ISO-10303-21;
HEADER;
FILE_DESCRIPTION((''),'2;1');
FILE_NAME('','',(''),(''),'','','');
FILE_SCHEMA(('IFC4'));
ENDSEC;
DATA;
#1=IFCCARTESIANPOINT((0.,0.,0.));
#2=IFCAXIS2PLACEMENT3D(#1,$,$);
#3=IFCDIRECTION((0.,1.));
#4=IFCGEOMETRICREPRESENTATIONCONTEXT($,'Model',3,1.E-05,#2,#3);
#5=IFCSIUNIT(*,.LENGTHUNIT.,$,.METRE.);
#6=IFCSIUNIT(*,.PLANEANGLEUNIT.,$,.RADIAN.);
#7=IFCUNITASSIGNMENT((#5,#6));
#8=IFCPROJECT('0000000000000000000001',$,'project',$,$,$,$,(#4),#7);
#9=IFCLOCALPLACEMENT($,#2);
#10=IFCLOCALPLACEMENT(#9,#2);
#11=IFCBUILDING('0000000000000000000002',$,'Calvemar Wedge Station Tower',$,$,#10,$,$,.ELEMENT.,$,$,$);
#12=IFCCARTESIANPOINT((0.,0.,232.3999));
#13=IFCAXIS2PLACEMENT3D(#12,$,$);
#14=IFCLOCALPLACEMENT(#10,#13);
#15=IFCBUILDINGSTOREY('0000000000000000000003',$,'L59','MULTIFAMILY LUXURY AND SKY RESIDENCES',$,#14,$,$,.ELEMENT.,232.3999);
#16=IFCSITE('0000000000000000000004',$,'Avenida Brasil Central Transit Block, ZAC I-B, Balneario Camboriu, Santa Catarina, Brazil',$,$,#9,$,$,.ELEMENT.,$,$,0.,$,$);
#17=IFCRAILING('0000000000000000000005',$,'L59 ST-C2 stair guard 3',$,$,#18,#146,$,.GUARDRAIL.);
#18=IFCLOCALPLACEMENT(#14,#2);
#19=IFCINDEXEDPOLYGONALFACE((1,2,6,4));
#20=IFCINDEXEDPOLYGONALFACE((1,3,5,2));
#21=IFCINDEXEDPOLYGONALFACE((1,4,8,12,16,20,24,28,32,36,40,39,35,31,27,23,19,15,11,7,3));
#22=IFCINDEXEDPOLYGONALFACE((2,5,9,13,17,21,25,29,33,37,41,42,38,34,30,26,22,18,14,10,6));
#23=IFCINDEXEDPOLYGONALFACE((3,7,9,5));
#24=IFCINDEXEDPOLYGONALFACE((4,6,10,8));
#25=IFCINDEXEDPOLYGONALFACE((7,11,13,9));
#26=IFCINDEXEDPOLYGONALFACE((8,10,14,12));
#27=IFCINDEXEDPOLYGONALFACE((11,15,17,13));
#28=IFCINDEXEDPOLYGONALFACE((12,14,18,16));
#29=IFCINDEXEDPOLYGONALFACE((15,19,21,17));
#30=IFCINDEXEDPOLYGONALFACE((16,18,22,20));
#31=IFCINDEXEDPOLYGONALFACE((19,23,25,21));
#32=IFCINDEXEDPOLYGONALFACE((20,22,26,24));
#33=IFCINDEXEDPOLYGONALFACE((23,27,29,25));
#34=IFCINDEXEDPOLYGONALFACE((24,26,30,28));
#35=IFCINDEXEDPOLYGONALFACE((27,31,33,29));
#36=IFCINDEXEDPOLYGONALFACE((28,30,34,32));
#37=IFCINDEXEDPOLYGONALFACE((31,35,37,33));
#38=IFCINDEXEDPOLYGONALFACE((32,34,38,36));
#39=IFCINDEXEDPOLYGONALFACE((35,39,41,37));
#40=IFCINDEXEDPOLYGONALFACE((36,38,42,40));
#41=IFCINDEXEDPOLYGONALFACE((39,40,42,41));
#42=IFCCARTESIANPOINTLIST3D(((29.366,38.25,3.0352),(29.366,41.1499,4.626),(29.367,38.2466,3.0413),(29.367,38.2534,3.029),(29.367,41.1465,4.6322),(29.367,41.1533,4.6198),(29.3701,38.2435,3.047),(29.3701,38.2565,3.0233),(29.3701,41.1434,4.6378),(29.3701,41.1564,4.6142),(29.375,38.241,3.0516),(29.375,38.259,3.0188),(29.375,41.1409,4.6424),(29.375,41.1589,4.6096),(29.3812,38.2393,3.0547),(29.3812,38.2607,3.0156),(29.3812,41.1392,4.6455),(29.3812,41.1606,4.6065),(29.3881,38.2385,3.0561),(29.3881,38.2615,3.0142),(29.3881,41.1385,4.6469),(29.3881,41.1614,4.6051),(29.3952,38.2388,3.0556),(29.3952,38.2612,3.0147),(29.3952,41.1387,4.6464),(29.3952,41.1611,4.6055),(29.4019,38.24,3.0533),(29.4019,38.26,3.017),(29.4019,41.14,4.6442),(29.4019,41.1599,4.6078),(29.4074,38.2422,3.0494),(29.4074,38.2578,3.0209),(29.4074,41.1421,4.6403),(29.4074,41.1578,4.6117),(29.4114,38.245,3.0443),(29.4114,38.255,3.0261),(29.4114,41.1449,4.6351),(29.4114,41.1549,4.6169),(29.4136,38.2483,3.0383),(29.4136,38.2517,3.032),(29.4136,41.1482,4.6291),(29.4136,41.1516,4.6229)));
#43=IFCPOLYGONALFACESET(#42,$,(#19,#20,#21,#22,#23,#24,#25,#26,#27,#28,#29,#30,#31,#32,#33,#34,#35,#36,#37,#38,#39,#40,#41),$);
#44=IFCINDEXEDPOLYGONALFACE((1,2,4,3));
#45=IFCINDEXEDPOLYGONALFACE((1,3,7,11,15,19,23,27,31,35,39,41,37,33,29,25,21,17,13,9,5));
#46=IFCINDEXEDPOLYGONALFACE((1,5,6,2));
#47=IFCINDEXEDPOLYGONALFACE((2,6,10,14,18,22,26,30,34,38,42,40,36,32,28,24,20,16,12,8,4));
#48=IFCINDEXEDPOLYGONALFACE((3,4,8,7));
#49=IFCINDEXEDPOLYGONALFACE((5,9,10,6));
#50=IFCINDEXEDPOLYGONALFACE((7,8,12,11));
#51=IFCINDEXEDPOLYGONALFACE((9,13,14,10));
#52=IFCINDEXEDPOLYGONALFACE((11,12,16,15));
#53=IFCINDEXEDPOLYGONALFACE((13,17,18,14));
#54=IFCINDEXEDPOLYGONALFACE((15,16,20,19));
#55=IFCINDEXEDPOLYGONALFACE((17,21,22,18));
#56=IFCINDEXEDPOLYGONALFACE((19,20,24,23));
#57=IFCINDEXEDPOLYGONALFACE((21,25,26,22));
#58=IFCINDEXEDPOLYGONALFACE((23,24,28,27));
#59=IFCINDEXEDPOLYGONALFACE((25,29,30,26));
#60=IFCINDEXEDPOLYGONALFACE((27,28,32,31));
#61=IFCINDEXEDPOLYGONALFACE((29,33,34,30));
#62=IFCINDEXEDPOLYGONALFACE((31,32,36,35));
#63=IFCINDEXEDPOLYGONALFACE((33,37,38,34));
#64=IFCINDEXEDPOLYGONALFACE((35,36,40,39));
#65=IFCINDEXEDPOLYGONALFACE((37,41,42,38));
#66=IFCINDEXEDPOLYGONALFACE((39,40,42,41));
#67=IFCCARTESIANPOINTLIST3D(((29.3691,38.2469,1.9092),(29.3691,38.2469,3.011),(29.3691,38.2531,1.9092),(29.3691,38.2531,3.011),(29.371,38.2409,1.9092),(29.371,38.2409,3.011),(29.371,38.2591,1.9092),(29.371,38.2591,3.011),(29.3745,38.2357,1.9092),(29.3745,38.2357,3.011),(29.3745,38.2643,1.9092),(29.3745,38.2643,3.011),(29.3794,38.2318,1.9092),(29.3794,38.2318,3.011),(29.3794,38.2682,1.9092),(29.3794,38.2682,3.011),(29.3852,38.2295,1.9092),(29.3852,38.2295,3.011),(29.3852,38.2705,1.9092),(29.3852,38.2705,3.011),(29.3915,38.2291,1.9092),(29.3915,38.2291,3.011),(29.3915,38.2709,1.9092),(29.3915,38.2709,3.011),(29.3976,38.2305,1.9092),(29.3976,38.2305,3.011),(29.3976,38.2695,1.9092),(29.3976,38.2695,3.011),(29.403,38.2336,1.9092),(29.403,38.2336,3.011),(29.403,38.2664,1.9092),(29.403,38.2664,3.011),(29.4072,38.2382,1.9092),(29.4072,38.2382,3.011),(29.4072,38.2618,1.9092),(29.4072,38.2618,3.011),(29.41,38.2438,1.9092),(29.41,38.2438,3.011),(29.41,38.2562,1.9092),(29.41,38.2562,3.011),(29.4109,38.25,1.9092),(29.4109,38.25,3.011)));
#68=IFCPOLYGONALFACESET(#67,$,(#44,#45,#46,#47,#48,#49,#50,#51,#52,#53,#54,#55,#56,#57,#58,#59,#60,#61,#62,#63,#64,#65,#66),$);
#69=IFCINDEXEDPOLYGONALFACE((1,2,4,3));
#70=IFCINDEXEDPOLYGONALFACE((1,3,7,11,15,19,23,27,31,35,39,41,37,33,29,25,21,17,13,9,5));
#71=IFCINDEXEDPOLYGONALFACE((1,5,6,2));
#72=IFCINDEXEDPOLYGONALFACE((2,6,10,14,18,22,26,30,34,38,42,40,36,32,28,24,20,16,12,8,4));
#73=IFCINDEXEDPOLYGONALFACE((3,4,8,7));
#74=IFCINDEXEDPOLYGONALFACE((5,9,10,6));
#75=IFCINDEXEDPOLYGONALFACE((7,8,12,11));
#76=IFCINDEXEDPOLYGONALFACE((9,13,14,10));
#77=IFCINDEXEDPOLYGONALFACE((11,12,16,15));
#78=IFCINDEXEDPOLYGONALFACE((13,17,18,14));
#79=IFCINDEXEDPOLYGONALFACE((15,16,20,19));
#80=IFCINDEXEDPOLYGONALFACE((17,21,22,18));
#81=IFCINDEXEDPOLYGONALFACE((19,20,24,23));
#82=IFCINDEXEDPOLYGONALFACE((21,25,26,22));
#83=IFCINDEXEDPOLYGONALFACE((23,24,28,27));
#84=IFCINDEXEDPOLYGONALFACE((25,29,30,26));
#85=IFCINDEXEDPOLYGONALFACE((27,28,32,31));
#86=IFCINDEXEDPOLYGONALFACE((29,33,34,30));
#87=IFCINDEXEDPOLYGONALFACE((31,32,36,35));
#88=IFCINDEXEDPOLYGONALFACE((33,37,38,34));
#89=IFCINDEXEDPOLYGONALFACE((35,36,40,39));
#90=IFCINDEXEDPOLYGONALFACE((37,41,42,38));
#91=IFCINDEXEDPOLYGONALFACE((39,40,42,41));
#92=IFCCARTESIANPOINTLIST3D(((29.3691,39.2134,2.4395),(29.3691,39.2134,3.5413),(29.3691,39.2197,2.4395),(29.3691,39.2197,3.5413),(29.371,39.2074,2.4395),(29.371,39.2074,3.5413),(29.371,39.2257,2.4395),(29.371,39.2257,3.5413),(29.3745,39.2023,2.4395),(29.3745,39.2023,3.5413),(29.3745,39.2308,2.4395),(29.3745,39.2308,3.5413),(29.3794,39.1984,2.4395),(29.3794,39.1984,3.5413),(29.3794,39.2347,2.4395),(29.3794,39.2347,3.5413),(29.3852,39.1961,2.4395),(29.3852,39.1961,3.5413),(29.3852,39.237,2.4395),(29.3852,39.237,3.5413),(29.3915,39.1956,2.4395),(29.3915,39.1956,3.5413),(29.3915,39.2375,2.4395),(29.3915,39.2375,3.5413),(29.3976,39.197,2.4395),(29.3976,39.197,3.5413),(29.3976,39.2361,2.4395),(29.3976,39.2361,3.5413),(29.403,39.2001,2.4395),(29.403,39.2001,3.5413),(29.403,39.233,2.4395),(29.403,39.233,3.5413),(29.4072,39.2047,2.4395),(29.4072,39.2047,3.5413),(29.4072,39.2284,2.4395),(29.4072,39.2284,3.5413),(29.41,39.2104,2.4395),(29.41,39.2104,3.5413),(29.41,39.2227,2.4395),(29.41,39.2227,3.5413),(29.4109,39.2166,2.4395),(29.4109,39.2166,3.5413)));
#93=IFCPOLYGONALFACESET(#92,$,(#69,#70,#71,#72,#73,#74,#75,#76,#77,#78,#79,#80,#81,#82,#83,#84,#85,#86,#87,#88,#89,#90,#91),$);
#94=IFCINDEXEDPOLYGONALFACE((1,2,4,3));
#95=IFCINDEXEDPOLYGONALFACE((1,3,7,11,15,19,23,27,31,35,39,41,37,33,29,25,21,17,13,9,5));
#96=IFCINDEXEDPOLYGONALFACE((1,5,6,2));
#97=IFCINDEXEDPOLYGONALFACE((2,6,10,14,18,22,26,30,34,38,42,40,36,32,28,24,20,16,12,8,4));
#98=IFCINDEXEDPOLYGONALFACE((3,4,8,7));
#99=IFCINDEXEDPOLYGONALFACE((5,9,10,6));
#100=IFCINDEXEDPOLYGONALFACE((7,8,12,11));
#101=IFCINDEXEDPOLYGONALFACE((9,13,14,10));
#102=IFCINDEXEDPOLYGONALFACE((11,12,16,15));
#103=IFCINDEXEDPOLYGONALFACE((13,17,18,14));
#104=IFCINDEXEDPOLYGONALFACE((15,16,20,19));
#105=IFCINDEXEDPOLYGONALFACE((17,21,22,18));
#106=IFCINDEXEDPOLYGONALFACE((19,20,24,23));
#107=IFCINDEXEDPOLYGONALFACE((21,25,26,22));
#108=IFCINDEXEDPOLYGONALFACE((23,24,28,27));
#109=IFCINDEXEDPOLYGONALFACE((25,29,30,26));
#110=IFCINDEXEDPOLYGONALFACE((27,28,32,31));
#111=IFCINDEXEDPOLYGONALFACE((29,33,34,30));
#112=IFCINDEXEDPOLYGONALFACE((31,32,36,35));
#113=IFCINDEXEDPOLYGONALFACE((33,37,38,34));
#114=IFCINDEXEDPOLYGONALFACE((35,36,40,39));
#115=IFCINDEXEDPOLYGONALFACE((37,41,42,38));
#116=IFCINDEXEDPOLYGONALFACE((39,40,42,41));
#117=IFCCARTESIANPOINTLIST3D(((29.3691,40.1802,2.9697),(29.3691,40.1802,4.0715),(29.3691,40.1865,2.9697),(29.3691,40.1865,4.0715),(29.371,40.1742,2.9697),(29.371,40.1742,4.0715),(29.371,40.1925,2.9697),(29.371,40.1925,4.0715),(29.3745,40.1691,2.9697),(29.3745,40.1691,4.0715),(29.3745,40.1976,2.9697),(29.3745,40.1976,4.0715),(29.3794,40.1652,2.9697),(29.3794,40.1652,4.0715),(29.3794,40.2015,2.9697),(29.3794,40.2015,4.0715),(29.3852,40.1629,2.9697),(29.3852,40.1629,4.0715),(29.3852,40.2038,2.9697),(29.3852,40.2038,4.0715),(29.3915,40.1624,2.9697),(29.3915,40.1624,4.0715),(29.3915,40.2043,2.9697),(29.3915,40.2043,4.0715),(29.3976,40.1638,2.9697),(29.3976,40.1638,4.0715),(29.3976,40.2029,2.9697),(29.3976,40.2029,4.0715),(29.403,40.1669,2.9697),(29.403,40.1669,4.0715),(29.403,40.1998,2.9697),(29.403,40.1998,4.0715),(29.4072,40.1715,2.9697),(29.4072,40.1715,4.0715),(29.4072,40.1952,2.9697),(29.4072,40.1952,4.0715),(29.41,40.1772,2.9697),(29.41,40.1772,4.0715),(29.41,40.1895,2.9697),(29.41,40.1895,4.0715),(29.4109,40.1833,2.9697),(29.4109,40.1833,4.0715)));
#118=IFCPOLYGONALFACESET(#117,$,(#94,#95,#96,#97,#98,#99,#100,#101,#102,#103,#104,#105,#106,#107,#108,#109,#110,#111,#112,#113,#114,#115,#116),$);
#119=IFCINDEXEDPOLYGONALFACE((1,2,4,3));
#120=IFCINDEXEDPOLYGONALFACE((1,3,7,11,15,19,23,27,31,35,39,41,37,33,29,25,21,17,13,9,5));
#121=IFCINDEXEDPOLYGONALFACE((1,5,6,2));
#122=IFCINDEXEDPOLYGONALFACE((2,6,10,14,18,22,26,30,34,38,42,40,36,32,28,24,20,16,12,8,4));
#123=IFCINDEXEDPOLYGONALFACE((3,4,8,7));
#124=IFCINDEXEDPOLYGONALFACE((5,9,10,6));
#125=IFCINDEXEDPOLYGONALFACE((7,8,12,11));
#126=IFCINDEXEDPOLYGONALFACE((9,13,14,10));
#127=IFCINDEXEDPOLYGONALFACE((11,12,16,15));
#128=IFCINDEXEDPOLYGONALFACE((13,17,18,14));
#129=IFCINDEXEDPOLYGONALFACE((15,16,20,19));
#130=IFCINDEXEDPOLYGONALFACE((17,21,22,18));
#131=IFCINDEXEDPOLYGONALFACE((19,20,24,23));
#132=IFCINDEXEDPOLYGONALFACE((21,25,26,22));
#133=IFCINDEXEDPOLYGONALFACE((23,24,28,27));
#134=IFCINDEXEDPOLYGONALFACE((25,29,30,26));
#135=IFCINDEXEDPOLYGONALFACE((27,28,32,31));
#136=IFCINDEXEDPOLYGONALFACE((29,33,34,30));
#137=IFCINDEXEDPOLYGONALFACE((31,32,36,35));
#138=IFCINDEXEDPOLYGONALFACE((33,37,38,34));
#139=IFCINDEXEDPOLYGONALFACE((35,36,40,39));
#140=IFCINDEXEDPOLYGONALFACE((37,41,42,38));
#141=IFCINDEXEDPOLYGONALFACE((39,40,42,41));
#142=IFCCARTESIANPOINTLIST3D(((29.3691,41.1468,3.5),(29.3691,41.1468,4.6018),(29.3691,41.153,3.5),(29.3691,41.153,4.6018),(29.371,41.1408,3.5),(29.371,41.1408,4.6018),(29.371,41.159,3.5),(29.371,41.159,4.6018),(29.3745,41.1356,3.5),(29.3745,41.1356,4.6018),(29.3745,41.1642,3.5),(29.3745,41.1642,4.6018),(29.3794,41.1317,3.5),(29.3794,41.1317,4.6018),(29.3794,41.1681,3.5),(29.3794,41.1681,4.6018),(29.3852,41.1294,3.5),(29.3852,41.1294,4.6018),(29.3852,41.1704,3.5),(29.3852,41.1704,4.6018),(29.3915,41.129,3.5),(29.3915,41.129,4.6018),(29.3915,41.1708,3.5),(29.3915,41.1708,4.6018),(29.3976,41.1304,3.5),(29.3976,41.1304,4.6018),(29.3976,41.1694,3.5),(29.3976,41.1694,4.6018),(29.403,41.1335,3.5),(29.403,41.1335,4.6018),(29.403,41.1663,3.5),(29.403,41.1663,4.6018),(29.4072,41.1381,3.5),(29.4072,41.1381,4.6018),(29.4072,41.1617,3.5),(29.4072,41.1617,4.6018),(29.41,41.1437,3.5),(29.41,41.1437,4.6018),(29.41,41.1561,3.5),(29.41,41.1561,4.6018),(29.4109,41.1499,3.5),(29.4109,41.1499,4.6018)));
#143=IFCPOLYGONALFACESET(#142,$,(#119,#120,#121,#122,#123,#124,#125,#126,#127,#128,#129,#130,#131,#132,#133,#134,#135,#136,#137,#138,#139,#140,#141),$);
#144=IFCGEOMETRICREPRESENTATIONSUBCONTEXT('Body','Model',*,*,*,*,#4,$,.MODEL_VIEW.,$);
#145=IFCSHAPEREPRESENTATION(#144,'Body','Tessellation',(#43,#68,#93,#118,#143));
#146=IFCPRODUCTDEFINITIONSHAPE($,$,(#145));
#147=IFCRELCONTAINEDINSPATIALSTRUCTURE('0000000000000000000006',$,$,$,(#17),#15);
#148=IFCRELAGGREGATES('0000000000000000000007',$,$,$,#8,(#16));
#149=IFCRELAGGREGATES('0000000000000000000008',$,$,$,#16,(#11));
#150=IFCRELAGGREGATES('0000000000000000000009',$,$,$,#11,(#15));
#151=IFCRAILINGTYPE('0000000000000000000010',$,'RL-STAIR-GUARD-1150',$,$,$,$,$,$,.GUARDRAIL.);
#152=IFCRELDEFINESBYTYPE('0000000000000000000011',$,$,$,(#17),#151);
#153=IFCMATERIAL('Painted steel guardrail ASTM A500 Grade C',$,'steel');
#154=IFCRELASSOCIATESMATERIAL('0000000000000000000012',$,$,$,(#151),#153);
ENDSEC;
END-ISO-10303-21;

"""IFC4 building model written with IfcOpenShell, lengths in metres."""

from ifc_helpers import new_model, si_unit, direction, frame, origin, origin_2d, place, context, subcontext, project, spatial, circle, extrude, material, type_object, element, save


model = new_model("IFC4")

# Units and contexts
model_context = context("Model", 3, precision=1e-05, world=origin(), true_north=direction((0.0, 1.0)))
body_context = subcontext(model_context, "Body", "Model", "MODEL_VIEW")
ifc_project = project(units=[si_unit("LENGTHUNIT", "METRE"), si_unit("PLANEANGLEUNIT", "RADIAN")], contexts=[model_context])

# Site, building, storey
site_placement = place(None, origin())
site = spatial("IfcSite", under=ifc_project, at=site_placement, Name="Avenida Brasil Central Transit Block, ZAC I-B, Balneario Camboriu, Santa Catarina, Brazil", CompositionType="ELEMENT", RefElevation=0.0)
building_placement = place(site_placement, origin())
building = spatial("IfcBuilding", under=site, at=building_placement, Name="Calvemar Wedge Station Tower", CompositionType="ELEMENT")
storey_placement = place(building_placement, frame((0.0, 0.0, 232.3999)))
storey = spatial("IfcBuildingStorey", under=building, at=storey_placement, Name="L59", Description="MULTIFAMILY LUXURY AND SKY RESIDENCES", CompositionType="ELEMENT", Elevation=232.3999)

# Railing
ifc_material_1 = material(Name="Painted steel guardrail ASTM A500 Grade C", Category="steel")
railing_type_1 = type_object("IfcRailingType", Name="RL-STAIR-GUARD-1150", PredefinedType="GUARDRAIL", material=ifc_material_1)
railing_1_placement = place(storey_placement, frame((29.3899, 38.25, 1.9092)))
element("IfcRailing", 1, at=railing_1_placement, inside=storey, type_object=railing_type_1, Name="L59 ST-C2 stair guard 3", PredefinedType="GUARDRAIL", context=body_context, shape_type="SweptSolid", body=[
    extrude(circle(Radius=0.0239, at=origin_2d()), frame((0.0, 0.0, 1.126), z_axis=(0.0, 0.876742, 0.480961), x_axis=(-1.0, 0.0, 0.0)), (0.0, 0.0, 1.0), 3.3076),
    extrude(circle(Radius=0.021, at=origin_2d()), origin(), (0.0, 0.0, 1.0), 1.1018),
    extrude(circle(Radius=0.021, at=origin_2d()), frame((0.0, 0.9666, 0.5303)), (0.0, 0.0, 1.0), 1.1018),
    extrude(circle(Radius=0.021, at=origin_2d()), frame((0.0, 1.9333, 1.0605)), (0.0, 0.0, 1.0), 1.1018),
    extrude(circle(Radius=0.021, at=origin_2d()), frame((0.0, 2.8999, 1.5908)), (0.0, 0.0, 1.0), 1.1018),
])

save(model, "model.ifc")
